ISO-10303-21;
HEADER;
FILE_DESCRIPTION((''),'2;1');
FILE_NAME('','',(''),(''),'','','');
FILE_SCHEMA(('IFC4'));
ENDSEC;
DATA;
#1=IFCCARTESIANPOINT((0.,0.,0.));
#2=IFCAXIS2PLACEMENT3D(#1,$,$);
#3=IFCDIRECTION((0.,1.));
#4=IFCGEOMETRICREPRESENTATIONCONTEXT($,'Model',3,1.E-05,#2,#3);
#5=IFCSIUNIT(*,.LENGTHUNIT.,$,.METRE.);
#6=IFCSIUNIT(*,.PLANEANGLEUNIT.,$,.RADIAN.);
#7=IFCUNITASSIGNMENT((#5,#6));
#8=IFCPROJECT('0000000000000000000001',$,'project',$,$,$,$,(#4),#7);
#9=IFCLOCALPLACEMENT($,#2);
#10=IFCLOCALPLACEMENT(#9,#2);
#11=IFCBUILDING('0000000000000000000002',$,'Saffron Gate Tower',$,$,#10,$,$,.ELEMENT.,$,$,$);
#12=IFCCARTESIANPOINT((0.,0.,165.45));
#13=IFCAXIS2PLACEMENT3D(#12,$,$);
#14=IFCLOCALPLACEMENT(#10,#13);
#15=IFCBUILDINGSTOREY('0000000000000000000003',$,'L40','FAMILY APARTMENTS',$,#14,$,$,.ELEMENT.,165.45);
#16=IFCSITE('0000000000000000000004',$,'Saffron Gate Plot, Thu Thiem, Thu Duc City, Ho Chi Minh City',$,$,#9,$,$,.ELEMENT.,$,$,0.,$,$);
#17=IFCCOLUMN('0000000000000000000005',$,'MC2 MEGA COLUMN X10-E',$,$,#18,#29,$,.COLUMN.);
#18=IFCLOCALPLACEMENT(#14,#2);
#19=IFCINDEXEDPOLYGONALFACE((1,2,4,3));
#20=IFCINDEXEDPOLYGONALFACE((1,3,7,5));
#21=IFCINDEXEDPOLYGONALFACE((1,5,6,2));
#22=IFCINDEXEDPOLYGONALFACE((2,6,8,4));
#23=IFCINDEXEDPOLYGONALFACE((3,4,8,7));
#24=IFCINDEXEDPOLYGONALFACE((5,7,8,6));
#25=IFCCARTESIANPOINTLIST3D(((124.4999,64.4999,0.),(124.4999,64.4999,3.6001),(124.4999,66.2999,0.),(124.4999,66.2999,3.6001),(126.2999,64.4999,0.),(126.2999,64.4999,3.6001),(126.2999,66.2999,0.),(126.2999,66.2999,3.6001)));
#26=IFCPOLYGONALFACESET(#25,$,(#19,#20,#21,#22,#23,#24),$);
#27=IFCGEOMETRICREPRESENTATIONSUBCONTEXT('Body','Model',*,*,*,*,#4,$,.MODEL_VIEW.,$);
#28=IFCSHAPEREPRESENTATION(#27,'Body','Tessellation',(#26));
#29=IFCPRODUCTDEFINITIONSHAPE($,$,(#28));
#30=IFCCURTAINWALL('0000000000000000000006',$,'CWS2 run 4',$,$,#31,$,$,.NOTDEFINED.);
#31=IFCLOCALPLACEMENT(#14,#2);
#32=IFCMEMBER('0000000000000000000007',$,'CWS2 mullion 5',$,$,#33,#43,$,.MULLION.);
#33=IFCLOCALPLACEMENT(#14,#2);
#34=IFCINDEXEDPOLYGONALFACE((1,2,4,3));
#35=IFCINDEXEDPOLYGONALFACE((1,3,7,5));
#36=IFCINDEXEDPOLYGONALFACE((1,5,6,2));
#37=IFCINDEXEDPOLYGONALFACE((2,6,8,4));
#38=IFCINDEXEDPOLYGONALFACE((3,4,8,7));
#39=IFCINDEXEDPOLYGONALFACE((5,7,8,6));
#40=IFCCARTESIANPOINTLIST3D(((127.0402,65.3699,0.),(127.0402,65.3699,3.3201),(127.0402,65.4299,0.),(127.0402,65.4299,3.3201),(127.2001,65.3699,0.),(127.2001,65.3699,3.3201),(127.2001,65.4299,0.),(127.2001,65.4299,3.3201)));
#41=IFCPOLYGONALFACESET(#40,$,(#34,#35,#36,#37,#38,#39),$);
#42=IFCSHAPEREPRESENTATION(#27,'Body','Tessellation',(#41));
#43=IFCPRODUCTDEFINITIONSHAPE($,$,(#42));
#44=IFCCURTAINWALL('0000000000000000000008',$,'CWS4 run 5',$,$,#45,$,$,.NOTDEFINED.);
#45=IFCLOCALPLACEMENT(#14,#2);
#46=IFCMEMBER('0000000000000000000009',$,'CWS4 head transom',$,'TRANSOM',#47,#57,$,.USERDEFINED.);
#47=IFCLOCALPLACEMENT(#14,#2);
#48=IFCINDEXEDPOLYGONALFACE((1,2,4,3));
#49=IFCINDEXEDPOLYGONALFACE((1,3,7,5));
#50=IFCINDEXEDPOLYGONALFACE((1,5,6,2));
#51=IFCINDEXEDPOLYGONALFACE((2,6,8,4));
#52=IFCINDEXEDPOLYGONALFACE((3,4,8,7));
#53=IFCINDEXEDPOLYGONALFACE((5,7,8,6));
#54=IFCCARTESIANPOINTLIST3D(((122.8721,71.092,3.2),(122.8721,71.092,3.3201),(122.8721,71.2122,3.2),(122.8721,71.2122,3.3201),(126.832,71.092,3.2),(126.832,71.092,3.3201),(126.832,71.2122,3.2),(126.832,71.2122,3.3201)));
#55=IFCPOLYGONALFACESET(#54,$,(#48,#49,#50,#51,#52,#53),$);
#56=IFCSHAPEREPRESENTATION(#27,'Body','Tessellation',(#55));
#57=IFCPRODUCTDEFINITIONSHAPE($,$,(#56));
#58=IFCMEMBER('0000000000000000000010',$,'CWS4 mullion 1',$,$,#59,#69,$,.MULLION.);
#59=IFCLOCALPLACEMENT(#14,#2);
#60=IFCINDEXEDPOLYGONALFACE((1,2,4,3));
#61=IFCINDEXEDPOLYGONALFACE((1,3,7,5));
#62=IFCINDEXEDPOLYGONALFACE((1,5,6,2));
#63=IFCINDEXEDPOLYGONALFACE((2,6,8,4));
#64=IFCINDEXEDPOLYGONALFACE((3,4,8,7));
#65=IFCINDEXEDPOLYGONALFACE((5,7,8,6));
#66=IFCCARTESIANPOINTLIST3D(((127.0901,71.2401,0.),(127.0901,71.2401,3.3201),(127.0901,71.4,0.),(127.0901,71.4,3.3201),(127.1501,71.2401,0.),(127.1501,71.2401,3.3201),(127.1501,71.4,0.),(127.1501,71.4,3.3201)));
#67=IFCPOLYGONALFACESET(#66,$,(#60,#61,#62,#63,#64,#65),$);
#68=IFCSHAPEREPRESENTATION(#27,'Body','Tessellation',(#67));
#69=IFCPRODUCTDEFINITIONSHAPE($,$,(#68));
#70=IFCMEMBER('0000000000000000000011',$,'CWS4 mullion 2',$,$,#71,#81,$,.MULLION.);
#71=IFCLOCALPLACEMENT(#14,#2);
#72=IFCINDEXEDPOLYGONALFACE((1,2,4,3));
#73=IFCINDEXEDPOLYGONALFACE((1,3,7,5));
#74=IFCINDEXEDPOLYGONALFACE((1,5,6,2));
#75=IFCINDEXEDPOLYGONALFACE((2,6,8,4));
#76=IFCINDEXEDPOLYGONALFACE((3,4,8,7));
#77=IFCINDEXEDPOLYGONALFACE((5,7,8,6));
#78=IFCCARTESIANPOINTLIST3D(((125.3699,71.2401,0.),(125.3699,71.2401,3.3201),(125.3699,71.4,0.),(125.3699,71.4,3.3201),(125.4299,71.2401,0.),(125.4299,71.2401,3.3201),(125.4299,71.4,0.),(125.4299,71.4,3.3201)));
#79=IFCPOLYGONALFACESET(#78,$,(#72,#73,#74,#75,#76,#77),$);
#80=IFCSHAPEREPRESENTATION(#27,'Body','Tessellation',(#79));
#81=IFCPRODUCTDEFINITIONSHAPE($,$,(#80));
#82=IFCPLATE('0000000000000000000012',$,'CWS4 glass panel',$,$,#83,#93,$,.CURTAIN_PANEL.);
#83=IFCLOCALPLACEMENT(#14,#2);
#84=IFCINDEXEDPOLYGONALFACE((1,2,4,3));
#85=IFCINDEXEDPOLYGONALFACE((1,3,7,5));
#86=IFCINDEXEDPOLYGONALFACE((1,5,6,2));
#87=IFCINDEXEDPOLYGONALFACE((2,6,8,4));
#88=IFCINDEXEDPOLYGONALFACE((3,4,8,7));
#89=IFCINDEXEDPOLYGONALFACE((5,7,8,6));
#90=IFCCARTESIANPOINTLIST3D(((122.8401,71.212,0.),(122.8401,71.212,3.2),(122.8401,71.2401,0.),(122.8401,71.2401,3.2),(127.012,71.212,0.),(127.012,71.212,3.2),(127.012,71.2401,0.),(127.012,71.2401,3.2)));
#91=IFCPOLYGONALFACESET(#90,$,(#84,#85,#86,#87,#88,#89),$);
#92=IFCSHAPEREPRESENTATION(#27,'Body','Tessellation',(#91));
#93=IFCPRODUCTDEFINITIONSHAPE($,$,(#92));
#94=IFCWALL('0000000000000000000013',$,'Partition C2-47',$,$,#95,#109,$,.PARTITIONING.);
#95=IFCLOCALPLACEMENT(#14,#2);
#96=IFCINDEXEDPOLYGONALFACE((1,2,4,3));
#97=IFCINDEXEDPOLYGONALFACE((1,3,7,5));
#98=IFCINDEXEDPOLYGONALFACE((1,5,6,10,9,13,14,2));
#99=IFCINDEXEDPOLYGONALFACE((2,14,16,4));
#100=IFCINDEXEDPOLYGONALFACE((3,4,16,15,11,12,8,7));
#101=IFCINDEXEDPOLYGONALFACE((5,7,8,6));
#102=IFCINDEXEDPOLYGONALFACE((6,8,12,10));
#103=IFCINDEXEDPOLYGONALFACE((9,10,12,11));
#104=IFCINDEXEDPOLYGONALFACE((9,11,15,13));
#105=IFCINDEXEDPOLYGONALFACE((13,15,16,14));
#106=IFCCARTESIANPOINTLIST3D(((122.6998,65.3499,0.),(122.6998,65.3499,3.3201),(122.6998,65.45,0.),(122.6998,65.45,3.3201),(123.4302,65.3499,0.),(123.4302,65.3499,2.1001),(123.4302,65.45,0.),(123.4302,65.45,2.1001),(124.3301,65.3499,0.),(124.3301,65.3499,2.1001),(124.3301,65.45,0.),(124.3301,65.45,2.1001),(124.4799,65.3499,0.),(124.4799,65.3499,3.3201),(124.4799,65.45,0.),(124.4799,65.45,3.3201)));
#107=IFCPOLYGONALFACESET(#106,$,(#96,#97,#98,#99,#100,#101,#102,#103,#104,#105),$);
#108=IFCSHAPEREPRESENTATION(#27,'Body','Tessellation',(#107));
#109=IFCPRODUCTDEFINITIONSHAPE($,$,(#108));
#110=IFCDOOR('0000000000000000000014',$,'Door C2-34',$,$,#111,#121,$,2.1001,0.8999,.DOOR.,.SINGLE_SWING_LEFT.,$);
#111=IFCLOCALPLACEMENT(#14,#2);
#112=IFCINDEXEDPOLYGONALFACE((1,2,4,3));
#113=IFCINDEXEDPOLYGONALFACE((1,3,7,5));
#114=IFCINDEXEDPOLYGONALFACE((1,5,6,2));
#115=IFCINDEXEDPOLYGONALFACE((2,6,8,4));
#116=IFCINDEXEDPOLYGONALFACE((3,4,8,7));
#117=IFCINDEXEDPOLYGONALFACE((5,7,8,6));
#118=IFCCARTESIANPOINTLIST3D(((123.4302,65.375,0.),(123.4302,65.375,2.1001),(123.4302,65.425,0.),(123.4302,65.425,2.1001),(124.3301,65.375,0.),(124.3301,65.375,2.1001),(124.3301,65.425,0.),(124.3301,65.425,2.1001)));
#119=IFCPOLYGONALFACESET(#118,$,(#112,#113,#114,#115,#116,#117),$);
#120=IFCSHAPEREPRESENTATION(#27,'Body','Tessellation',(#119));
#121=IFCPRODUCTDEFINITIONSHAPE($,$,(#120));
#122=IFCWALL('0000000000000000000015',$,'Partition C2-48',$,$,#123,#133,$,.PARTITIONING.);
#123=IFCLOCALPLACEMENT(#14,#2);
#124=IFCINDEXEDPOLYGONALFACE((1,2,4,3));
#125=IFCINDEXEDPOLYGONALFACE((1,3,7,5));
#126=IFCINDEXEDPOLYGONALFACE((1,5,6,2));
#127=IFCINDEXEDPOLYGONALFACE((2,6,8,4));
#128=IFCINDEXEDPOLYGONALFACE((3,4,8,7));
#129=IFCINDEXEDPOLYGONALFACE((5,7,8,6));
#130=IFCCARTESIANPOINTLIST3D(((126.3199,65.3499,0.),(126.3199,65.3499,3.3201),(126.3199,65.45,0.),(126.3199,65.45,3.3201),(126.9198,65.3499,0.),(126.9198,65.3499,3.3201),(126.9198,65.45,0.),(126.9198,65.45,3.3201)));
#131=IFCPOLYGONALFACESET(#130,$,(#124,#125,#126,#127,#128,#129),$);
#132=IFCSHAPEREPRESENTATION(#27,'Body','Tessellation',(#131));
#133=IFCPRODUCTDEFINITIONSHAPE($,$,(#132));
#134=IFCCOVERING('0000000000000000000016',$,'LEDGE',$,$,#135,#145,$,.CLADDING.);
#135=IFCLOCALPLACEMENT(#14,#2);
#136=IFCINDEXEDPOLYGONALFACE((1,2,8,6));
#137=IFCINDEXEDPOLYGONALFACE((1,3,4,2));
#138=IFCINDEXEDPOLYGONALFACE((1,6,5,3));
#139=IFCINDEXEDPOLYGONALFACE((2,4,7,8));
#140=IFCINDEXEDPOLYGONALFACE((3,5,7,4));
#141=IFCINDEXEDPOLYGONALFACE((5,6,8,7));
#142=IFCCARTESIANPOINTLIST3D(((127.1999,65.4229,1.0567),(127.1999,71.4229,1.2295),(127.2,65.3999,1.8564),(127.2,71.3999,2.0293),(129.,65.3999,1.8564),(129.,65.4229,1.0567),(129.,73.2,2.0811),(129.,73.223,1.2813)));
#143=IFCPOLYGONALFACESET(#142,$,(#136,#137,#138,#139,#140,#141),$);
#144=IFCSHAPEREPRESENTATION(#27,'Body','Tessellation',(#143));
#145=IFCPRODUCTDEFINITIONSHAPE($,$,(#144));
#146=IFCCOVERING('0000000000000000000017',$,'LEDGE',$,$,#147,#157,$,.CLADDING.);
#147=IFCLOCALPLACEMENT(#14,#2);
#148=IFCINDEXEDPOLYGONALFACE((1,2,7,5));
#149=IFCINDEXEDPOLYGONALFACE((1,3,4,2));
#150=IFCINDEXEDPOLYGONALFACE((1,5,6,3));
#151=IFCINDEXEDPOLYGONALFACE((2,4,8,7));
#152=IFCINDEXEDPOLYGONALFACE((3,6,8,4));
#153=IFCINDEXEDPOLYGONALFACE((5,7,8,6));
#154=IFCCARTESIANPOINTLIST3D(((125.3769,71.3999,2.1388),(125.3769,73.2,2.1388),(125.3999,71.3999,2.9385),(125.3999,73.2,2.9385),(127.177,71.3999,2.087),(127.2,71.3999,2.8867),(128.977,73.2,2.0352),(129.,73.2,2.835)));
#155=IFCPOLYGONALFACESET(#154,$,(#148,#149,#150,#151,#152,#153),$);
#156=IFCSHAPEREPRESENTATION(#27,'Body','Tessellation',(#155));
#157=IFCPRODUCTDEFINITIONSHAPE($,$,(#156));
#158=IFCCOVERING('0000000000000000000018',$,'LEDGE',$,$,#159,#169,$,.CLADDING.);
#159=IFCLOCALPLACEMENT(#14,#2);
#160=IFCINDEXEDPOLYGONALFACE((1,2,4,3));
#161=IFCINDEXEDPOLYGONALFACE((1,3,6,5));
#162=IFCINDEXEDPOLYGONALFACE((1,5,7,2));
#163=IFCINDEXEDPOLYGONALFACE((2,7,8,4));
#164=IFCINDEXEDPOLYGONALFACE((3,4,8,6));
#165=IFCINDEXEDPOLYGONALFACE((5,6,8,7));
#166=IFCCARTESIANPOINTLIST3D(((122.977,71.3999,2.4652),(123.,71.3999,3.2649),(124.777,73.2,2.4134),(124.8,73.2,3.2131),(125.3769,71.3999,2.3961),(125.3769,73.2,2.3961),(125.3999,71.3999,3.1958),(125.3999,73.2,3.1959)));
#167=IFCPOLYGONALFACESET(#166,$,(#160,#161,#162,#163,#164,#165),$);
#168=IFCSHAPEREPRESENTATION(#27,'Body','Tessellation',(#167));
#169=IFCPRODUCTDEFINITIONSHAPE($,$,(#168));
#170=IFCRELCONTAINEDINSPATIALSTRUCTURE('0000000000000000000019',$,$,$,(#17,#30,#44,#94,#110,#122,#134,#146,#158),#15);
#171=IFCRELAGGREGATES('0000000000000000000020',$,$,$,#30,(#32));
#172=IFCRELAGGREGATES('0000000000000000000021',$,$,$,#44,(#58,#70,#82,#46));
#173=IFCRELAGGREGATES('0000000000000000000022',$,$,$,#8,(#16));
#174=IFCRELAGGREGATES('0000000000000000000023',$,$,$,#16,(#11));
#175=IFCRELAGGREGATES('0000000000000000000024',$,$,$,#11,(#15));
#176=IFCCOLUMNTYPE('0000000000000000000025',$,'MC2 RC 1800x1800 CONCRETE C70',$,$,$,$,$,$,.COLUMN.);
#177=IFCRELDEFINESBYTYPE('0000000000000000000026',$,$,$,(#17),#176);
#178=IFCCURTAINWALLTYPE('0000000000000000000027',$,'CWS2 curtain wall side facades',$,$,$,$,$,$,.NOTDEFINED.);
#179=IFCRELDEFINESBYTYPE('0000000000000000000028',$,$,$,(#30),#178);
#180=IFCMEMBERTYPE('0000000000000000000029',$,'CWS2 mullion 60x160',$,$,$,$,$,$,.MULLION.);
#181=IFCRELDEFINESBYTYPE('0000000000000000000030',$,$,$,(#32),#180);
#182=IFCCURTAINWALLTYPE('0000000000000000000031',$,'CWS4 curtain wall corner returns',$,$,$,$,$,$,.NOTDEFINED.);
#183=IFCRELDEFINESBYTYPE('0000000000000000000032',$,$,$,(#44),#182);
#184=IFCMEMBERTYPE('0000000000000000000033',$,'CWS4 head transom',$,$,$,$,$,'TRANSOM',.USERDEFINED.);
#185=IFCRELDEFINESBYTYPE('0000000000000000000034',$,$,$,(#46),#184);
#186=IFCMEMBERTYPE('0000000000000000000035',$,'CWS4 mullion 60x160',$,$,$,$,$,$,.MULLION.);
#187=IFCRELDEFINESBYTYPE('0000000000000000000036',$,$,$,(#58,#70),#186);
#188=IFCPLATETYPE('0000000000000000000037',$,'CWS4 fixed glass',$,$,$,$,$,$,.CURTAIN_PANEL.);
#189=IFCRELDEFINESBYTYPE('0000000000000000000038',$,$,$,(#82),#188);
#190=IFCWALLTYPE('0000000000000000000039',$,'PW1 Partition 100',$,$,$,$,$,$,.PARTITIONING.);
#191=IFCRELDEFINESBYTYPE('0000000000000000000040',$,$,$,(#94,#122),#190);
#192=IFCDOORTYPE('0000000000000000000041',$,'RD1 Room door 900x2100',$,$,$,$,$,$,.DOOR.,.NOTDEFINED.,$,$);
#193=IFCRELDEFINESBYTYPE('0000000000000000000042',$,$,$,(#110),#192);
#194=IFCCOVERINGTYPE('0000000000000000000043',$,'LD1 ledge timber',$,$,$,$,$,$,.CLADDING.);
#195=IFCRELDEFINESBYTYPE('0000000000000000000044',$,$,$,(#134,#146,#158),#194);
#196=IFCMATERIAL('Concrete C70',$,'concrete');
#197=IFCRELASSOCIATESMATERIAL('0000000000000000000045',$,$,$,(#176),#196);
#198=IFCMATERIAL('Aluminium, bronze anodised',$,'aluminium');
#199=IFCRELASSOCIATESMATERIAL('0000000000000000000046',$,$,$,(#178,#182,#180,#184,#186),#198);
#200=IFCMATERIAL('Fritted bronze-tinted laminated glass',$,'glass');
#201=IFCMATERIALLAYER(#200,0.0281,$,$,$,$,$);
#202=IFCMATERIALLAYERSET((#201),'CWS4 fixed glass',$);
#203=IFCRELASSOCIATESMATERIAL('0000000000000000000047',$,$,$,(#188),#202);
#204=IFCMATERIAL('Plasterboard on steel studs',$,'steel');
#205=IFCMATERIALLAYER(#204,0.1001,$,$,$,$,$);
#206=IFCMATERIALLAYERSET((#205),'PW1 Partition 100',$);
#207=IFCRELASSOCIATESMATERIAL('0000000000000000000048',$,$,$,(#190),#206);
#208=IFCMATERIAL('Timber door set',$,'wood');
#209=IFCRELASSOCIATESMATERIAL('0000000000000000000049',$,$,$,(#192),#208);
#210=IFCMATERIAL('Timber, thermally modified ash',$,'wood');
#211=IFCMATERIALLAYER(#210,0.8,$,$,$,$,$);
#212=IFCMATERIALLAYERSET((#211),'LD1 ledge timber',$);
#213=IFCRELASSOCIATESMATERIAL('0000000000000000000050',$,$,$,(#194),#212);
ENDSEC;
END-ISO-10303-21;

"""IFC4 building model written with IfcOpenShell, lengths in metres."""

from ifc_helpers import new_model, si_unit, direction, frame, frame_2d, origin, origin_2d, place, context, subcontext, project, spatial, polyline, rectangle, outline, extrude, material, layer, layer_set, material_profile, profile_set, type_object, element, fill, aggregate, save


model = new_model("IFC4")

# Units and contexts
model_context = context("Model", 3, precision=1e-05, world=origin(), true_north=direction((0.0, 1.0)))
body_context = subcontext(model_context, "Body", "Model", "MODEL_VIEW")
ifc_project = project(units=[si_unit("LENGTHUNIT", "METRE"), si_unit("PLANEANGLEUNIT", "RADIAN")], contexts=[model_context])

# Site, building, storey
site_placement = place(None, origin())
site = spatial("IfcSite", under=ifc_project, at=site_placement, Name="Saffron Gate Plot, Thu Thiem, Thu Duc City, Ho Chi Minh City", CompositionType="ELEMENT", RefElevation=0.0)
building_placement = place(site_placement, origin())
building = spatial("IfcBuilding", under=site, at=building_placement, Name="Saffron Gate Tower", CompositionType="ELEMENT")
storey_placement = place(building_placement, frame((0.0, 0.0, 165.45)))
storey = spatial("IfcBuildingStorey", under=building, at=storey_placement, Name="L40", Description="FAMILY APARTMENTS", CompositionType="ELEMENT", Elevation=165.45)

# Column
ifc_material_1 = material(Name="Concrete C70", Category="concrete")
ifc_material_profile_1 = material_profile(ifc_material_1, rectangle(XDim=1.8, YDim=1.8, at=origin_2d()))
ifc_profile_set_1 = profile_set([ifc_material_profile_1], Name="Concrete C70")
column_type = type_object("IfcColumnType", Name="MC2 RC 1800x1800 CONCRETE C70", PredefinedType="COLUMN", material=ifc_profile_set_1)
column_placement = place(storey_placement, frame((125.3999, 65.3999, 0.0), z_axis=(0.0, 0.0, 1.0), x_axis=(1.0, 0.0, 0.0)))
element("IfcColumn", 1, at=column_placement, inside=storey, type_object=column_type, Name="MC2 MEGA COLUMN X10-E", PredefinedType="COLUMN", context=body_context, shape_type="SweptSolid", body=[
    extrude(rectangle(XDim=1.8, YDim=1.8, at=origin_2d()), origin(), (0.0, 0.0, 1.0), 3.6001),
])

# Curtain wall, member
ifc_material_2 = material(Name="Aluminium, bronze anodised", Category="aluminium")
curtain_wall_type_1 = type_object("IfcCurtainWallType", Name="CWS2 curtain wall side facades", PredefinedType="NOTDEFINED", material=ifc_material_2)
curtain_wall_1_placement = place(storey_placement, origin())
curtain_wall_1 = element("IfcCurtainWall", 2, at=curtain_wall_1_placement, inside=storey, type_object=curtain_wall_type_1, Name="CWS2 run 4", PredefinedType="NOTDEFINED")
ifc_material_profile_2 = material_profile(ifc_material_2, rectangle(XDim=0.1599, YDim=0.0601, at=origin_2d()))
ifc_profile_set_2 = profile_set([ifc_material_profile_2], Name="Aluminium, bronze anodised")
member_type_1 = type_object("IfcMemberType", Name="CWS2 mullion 60x160", PredefinedType="MULLION", material=ifc_profile_set_2)
member_1_placement = place(storey_placement, frame((127.1201, 65.3999, 0.0), z_axis=(0.0, 0.0, 1.0), x_axis=(-1.0, 0.0, 0.0)))
member_1 = element("IfcMember", 3, at=member_1_placement, type_object=member_type_1, Name="CWS2 mullion 5", PredefinedType="MULLION", context=body_context, shape_type="SweptSolid", body=[
    extrude(rectangle(XDim=0.1599, YDim=0.0601, at=origin_2d()), origin(), (0.0, 0.0, 1.0), 3.3201),
])
aggregate(curtain_wall_1, [member_1])

# Curtain wall, members, plate
curtain_wall_type_2 = type_object("IfcCurtainWallType", Name="CWS4 curtain wall corner returns", PredefinedType="NOTDEFINED", material=ifc_material_2)
curtain_wall_2_placement = place(storey_placement, origin())
curtain_wall_2 = element("IfcCurtainWall", 4, at=curtain_wall_2_placement, inside=storey, type_object=curtain_wall_type_2, Name="CWS4 run 5", PredefinedType="NOTDEFINED")
ifc_material_profile_3 = material_profile(ifc_material_2, rectangle(XDim=0.1201, YDim=0.1201, at=origin_2d()))
ifc_profile_set_3 = profile_set([ifc_material_profile_3], Name="Aluminium, bronze anodised")
member_type_2 = type_object("IfcMemberType", Name="CWS4 head transom", ElementType="TRANSOM", PredefinedType="USERDEFINED", material=ifc_profile_set_3)
member_2_placement = place(storey_placement, frame((126.832, 71.1521, 3.26), z_axis=(-1.0, 0.0, 0.0), x_axis=(0.0, -1.0, 0.0)))
member_2 = element("IfcMember", 5, at=member_2_placement, type_object=member_type_2, Name="CWS4 head transom", ObjectType="TRANSOM", PredefinedType="USERDEFINED", context=body_context, shape_type="SweptSolid", body=[
    extrude(rectangle(XDim=0.1201, YDim=0.1201, at=origin_2d()), origin(), (0.0, 0.0, 1.0), 3.96),
])
ifc_material_profile_4 = material_profile(ifc_material_2, rectangle(XDim=0.1599, YDim=0.0601, at=origin_2d()))
ifc_profile_set_4 = profile_set([ifc_material_profile_4], Name="Aluminium, bronze anodised")
member_type_3 = type_object("IfcMemberType", Name="CWS4 mullion 60x160", PredefinedType="MULLION", material=ifc_profile_set_4)
member_3_placement = place(storey_placement, frame((127.1201, 71.3201, 0.0), z_axis=(0.0, 0.0, 1.0), x_axis=(0.0, -1.0, 0.0)))
member_3 = element("IfcMember", 6, at=member_3_placement, type_object=member_type_3, Name="CWS4 mullion 1", PredefinedType="MULLION", context=body_context, shape_type="SweptSolid", body=[
    extrude(rectangle(XDim=0.1599, YDim=0.0601, at=origin_2d()), origin(), (0.0, 0.0, 1.0), 3.3201),
])
member_4_placement = place(storey_placement, frame((125.3999, 71.3201, 0.0), z_axis=(0.0, 0.0, 1.0), x_axis=(0.0, -1.0, 0.0)))
member_4 = element("IfcMember", 7, at=member_4_placement, type_object=member_type_3, Name="CWS4 mullion 2", PredefinedType="MULLION", context=body_context, shape_type="SweptSolid", body=[
    extrude(rectangle(XDim=0.1599, YDim=0.0601, at=origin_2d()), origin(), (0.0, 0.0, 1.0), 3.3201),
])
ifc_material_3 = material(Name="Fritted bronze-tinted laminated glass", Category="glass")
ifc_layer_1 = layer(ifc_material_3, 0.0281)
ifc_layer_set_1 = layer_set([ifc_layer_1], Name="CWS4 fixed glass")
plate_type = type_object("IfcPlateType", Name="CWS4 fixed glass", PredefinedType="CURTAIN_PANEL", material=ifc_layer_set_1)
plate_placement = place(storey_placement, frame((127.012, 71.2261, 0.0), z_axis=(0.0, 0.0, 1.0), x_axis=(-1.0, 0.0, 0.0)))
plate = element("IfcPlate", 8, at=plate_placement, type_object=plate_type, Name="CWS4 glass panel", PredefinedType="CURTAIN_PANEL", context=body_context, shape_type="SweptSolid", body=[
    extrude(rectangle(XDim=4.1719, YDim=0.0281, at=frame_2d((2.0859, 0.0))), origin(), (0.0, 0.0, 1.0), 3.2),
])
aggregate(curtain_wall_2, [member_3, member_4, plate, member_2])

# Wall, opening, door
ifc_material_4 = material(Name="Plasterboard on steel studs", Category="steel")
ifc_layer_2 = layer(ifc_material_4, 0.1001)
ifc_layer_set_2 = layer_set([ifc_layer_2], Name="PW1 Partition 100")
wall_type = type_object("IfcWallType", Name="PW1 Partition 100", PredefinedType="PARTITIONING", material=ifc_layer_set_2)
wall_1_placement = place(storey_placement, frame((124.48, 65.3999, 0.0), z_axis=(0.0, 0.0, 1.0), x_axis=(-1.0, 0.0, 0.0)))
wall_1 = element("IfcWall", 9, at=wall_1_placement, inside=storey, type_object=wall_type, Name="Partition C2-47", PredefinedType="PARTITIONING", context=body_context, shape_type="SweptSolid", body=[
    extrude(rectangle(XDim=1.78, YDim=0.1001, at=frame_2d((0.8901, 0.0))), origin(), (0.0, 0.0, 1.0), 3.3201),
])
opening_placement = place(wall_1_placement, frame((0.1499, 0.0, 0.0)))
opening = element("IfcOpeningElement", 10, at=opening_placement, cuts=wall_1, PredefinedType="OPENING", context=body_context, shape_type="SweptSolid", body=[
    extrude(rectangle(XDim=0.8999, YDim=2.1001, at=frame_2d((0.45, 1.05))), frame((0.0, 0.0601, 0.0), z_axis=(0.0, -1.0, 0.0), x_axis=(1.0, 0.0, 0.0)), (0.0, 0.0, 1.0), 0.1201),
])
ifc_material_5 = material(Name="Timber door set", Category="wood")
door_type = type_object("IfcDoorType", Name="RD1 Room door 900x2100", OperationType="NOTDEFINED", PredefinedType="DOOR", material=ifc_material_5)
door_placement = place(opening_placement, origin())
door = element("IfcDoor", 11, at=door_placement, inside=storey, type_object=door_type, Name="Door C2-34", OperationType="SINGLE_SWING_LEFT", OverallHeight=2.1001, OverallWidth=0.8999, PredefinedType="DOOR", context=body_context, shape_type="SweptSolid", body=[
    extrude(rectangle(XDim=0.8999, YDim=2.1001, at=frame_2d((0.45, 1.05))), frame((0.0, 0.0249, 0.0), z_axis=(0.0, -1.0, 0.0), x_axis=(1.0, 0.0, 0.0)), (0.0, 0.0, 1.0), 0.05),
])
fill(opening, door)

# Wall
wall_2_placement = place(storey_placement, frame((126.3201, 65.3999, 0.0), z_axis=(0.0, 0.0, 1.0), x_axis=(1.0, 0.0, 0.0)))
element("IfcWall", 12, at=wall_2_placement, inside=storey, type_object=wall_type, Name="Partition C2-48", PredefinedType="PARTITIONING", context=body_context, shape_type="SweptSolid", body=[
    extrude(rectangle(XDim=0.5999, YDim=0.1001, at=frame_2d((0.2998, 0.0))), origin(), (0.0, 0.0, 1.0), 3.3201),
])

# Coverings
ifc_material_6 = material(Name="Timber, thermally modified ash", Category="wood")
ifc_layer_3 = layer(ifc_material_6, 0.8)
ifc_layer_set_3 = layer_set([ifc_layer_3], Name="LD1 ledge timber")
covering_type_1 = type_object("IfcCoveringType", Name="LD1 ledge timber", PredefinedType="CLADDING", material=ifc_layer_set_3)
covering_1_placement = place(storey_placement, frame((127.2, 65.3999, 1.8564), z_axis=(0.000024, -0.028789, 0.999585), x_axis=(0.0, 0.999585, 0.028789)))
element("IfcCovering", 13, at=covering_1_placement, inside=storey, type_object=covering_type_1, Name="LEDGE", PredefinedType="CLADDING", context=body_context, shape_type="SweptSolid", body=[
    extrude(outline(polyline([(0.0, 0.0), (6.0025, 0.0), (7.8033, -1.8), (0.0, -1.8), (0.0, 0.0)])), origin(), (0.0, 0.0, -1.0), 0.8),
])
covering_2_placement = place(storey_placement, frame((127.2, 71.3999, 2.8867), z_axis=(0.028742, 0.0, 0.999587), x_axis=(-0.999587, 0.0, 0.028742)))
element("IfcCovering", 14, at=covering_2_placement, inside=storey, type_object=covering_type_1, Name="LEDGE", PredefinedType="CLADDING", context=body_context, shape_type="SweptSolid", body=[
    extrude(outline(polyline([(0.0, 0.0), (1.8008, 0.0), (1.8008, -1.8), (-1.8008, -1.8), (0.0, 0.0)])), origin(), (0.0, 0.0, -1.0), 0.8),
])
covering_3_placement = place(storey_placement, frame((125.3999, 71.3999, 3.1958), z_axis=(0.028799, -0.000029, 0.999585), x_axis=(-0.999585, 0.0, 0.028799)))
element("IfcCovering", 15, at=covering_3_placement, inside=storey, type_object=covering_type_1, Name="LEDGE", PredefinedType="CLADDING", context=body_context, shape_type="SweptSolid", body=[
    extrude(outline(polyline([(0.0, 0.0), (2.4009, 0.0), (0.6001, -1.8), (0.0, -1.8), (0.0, 0.0)])), origin(), (0.0, 0.0, -1.0), 0.8),
])

save(model, "model.ifc")
